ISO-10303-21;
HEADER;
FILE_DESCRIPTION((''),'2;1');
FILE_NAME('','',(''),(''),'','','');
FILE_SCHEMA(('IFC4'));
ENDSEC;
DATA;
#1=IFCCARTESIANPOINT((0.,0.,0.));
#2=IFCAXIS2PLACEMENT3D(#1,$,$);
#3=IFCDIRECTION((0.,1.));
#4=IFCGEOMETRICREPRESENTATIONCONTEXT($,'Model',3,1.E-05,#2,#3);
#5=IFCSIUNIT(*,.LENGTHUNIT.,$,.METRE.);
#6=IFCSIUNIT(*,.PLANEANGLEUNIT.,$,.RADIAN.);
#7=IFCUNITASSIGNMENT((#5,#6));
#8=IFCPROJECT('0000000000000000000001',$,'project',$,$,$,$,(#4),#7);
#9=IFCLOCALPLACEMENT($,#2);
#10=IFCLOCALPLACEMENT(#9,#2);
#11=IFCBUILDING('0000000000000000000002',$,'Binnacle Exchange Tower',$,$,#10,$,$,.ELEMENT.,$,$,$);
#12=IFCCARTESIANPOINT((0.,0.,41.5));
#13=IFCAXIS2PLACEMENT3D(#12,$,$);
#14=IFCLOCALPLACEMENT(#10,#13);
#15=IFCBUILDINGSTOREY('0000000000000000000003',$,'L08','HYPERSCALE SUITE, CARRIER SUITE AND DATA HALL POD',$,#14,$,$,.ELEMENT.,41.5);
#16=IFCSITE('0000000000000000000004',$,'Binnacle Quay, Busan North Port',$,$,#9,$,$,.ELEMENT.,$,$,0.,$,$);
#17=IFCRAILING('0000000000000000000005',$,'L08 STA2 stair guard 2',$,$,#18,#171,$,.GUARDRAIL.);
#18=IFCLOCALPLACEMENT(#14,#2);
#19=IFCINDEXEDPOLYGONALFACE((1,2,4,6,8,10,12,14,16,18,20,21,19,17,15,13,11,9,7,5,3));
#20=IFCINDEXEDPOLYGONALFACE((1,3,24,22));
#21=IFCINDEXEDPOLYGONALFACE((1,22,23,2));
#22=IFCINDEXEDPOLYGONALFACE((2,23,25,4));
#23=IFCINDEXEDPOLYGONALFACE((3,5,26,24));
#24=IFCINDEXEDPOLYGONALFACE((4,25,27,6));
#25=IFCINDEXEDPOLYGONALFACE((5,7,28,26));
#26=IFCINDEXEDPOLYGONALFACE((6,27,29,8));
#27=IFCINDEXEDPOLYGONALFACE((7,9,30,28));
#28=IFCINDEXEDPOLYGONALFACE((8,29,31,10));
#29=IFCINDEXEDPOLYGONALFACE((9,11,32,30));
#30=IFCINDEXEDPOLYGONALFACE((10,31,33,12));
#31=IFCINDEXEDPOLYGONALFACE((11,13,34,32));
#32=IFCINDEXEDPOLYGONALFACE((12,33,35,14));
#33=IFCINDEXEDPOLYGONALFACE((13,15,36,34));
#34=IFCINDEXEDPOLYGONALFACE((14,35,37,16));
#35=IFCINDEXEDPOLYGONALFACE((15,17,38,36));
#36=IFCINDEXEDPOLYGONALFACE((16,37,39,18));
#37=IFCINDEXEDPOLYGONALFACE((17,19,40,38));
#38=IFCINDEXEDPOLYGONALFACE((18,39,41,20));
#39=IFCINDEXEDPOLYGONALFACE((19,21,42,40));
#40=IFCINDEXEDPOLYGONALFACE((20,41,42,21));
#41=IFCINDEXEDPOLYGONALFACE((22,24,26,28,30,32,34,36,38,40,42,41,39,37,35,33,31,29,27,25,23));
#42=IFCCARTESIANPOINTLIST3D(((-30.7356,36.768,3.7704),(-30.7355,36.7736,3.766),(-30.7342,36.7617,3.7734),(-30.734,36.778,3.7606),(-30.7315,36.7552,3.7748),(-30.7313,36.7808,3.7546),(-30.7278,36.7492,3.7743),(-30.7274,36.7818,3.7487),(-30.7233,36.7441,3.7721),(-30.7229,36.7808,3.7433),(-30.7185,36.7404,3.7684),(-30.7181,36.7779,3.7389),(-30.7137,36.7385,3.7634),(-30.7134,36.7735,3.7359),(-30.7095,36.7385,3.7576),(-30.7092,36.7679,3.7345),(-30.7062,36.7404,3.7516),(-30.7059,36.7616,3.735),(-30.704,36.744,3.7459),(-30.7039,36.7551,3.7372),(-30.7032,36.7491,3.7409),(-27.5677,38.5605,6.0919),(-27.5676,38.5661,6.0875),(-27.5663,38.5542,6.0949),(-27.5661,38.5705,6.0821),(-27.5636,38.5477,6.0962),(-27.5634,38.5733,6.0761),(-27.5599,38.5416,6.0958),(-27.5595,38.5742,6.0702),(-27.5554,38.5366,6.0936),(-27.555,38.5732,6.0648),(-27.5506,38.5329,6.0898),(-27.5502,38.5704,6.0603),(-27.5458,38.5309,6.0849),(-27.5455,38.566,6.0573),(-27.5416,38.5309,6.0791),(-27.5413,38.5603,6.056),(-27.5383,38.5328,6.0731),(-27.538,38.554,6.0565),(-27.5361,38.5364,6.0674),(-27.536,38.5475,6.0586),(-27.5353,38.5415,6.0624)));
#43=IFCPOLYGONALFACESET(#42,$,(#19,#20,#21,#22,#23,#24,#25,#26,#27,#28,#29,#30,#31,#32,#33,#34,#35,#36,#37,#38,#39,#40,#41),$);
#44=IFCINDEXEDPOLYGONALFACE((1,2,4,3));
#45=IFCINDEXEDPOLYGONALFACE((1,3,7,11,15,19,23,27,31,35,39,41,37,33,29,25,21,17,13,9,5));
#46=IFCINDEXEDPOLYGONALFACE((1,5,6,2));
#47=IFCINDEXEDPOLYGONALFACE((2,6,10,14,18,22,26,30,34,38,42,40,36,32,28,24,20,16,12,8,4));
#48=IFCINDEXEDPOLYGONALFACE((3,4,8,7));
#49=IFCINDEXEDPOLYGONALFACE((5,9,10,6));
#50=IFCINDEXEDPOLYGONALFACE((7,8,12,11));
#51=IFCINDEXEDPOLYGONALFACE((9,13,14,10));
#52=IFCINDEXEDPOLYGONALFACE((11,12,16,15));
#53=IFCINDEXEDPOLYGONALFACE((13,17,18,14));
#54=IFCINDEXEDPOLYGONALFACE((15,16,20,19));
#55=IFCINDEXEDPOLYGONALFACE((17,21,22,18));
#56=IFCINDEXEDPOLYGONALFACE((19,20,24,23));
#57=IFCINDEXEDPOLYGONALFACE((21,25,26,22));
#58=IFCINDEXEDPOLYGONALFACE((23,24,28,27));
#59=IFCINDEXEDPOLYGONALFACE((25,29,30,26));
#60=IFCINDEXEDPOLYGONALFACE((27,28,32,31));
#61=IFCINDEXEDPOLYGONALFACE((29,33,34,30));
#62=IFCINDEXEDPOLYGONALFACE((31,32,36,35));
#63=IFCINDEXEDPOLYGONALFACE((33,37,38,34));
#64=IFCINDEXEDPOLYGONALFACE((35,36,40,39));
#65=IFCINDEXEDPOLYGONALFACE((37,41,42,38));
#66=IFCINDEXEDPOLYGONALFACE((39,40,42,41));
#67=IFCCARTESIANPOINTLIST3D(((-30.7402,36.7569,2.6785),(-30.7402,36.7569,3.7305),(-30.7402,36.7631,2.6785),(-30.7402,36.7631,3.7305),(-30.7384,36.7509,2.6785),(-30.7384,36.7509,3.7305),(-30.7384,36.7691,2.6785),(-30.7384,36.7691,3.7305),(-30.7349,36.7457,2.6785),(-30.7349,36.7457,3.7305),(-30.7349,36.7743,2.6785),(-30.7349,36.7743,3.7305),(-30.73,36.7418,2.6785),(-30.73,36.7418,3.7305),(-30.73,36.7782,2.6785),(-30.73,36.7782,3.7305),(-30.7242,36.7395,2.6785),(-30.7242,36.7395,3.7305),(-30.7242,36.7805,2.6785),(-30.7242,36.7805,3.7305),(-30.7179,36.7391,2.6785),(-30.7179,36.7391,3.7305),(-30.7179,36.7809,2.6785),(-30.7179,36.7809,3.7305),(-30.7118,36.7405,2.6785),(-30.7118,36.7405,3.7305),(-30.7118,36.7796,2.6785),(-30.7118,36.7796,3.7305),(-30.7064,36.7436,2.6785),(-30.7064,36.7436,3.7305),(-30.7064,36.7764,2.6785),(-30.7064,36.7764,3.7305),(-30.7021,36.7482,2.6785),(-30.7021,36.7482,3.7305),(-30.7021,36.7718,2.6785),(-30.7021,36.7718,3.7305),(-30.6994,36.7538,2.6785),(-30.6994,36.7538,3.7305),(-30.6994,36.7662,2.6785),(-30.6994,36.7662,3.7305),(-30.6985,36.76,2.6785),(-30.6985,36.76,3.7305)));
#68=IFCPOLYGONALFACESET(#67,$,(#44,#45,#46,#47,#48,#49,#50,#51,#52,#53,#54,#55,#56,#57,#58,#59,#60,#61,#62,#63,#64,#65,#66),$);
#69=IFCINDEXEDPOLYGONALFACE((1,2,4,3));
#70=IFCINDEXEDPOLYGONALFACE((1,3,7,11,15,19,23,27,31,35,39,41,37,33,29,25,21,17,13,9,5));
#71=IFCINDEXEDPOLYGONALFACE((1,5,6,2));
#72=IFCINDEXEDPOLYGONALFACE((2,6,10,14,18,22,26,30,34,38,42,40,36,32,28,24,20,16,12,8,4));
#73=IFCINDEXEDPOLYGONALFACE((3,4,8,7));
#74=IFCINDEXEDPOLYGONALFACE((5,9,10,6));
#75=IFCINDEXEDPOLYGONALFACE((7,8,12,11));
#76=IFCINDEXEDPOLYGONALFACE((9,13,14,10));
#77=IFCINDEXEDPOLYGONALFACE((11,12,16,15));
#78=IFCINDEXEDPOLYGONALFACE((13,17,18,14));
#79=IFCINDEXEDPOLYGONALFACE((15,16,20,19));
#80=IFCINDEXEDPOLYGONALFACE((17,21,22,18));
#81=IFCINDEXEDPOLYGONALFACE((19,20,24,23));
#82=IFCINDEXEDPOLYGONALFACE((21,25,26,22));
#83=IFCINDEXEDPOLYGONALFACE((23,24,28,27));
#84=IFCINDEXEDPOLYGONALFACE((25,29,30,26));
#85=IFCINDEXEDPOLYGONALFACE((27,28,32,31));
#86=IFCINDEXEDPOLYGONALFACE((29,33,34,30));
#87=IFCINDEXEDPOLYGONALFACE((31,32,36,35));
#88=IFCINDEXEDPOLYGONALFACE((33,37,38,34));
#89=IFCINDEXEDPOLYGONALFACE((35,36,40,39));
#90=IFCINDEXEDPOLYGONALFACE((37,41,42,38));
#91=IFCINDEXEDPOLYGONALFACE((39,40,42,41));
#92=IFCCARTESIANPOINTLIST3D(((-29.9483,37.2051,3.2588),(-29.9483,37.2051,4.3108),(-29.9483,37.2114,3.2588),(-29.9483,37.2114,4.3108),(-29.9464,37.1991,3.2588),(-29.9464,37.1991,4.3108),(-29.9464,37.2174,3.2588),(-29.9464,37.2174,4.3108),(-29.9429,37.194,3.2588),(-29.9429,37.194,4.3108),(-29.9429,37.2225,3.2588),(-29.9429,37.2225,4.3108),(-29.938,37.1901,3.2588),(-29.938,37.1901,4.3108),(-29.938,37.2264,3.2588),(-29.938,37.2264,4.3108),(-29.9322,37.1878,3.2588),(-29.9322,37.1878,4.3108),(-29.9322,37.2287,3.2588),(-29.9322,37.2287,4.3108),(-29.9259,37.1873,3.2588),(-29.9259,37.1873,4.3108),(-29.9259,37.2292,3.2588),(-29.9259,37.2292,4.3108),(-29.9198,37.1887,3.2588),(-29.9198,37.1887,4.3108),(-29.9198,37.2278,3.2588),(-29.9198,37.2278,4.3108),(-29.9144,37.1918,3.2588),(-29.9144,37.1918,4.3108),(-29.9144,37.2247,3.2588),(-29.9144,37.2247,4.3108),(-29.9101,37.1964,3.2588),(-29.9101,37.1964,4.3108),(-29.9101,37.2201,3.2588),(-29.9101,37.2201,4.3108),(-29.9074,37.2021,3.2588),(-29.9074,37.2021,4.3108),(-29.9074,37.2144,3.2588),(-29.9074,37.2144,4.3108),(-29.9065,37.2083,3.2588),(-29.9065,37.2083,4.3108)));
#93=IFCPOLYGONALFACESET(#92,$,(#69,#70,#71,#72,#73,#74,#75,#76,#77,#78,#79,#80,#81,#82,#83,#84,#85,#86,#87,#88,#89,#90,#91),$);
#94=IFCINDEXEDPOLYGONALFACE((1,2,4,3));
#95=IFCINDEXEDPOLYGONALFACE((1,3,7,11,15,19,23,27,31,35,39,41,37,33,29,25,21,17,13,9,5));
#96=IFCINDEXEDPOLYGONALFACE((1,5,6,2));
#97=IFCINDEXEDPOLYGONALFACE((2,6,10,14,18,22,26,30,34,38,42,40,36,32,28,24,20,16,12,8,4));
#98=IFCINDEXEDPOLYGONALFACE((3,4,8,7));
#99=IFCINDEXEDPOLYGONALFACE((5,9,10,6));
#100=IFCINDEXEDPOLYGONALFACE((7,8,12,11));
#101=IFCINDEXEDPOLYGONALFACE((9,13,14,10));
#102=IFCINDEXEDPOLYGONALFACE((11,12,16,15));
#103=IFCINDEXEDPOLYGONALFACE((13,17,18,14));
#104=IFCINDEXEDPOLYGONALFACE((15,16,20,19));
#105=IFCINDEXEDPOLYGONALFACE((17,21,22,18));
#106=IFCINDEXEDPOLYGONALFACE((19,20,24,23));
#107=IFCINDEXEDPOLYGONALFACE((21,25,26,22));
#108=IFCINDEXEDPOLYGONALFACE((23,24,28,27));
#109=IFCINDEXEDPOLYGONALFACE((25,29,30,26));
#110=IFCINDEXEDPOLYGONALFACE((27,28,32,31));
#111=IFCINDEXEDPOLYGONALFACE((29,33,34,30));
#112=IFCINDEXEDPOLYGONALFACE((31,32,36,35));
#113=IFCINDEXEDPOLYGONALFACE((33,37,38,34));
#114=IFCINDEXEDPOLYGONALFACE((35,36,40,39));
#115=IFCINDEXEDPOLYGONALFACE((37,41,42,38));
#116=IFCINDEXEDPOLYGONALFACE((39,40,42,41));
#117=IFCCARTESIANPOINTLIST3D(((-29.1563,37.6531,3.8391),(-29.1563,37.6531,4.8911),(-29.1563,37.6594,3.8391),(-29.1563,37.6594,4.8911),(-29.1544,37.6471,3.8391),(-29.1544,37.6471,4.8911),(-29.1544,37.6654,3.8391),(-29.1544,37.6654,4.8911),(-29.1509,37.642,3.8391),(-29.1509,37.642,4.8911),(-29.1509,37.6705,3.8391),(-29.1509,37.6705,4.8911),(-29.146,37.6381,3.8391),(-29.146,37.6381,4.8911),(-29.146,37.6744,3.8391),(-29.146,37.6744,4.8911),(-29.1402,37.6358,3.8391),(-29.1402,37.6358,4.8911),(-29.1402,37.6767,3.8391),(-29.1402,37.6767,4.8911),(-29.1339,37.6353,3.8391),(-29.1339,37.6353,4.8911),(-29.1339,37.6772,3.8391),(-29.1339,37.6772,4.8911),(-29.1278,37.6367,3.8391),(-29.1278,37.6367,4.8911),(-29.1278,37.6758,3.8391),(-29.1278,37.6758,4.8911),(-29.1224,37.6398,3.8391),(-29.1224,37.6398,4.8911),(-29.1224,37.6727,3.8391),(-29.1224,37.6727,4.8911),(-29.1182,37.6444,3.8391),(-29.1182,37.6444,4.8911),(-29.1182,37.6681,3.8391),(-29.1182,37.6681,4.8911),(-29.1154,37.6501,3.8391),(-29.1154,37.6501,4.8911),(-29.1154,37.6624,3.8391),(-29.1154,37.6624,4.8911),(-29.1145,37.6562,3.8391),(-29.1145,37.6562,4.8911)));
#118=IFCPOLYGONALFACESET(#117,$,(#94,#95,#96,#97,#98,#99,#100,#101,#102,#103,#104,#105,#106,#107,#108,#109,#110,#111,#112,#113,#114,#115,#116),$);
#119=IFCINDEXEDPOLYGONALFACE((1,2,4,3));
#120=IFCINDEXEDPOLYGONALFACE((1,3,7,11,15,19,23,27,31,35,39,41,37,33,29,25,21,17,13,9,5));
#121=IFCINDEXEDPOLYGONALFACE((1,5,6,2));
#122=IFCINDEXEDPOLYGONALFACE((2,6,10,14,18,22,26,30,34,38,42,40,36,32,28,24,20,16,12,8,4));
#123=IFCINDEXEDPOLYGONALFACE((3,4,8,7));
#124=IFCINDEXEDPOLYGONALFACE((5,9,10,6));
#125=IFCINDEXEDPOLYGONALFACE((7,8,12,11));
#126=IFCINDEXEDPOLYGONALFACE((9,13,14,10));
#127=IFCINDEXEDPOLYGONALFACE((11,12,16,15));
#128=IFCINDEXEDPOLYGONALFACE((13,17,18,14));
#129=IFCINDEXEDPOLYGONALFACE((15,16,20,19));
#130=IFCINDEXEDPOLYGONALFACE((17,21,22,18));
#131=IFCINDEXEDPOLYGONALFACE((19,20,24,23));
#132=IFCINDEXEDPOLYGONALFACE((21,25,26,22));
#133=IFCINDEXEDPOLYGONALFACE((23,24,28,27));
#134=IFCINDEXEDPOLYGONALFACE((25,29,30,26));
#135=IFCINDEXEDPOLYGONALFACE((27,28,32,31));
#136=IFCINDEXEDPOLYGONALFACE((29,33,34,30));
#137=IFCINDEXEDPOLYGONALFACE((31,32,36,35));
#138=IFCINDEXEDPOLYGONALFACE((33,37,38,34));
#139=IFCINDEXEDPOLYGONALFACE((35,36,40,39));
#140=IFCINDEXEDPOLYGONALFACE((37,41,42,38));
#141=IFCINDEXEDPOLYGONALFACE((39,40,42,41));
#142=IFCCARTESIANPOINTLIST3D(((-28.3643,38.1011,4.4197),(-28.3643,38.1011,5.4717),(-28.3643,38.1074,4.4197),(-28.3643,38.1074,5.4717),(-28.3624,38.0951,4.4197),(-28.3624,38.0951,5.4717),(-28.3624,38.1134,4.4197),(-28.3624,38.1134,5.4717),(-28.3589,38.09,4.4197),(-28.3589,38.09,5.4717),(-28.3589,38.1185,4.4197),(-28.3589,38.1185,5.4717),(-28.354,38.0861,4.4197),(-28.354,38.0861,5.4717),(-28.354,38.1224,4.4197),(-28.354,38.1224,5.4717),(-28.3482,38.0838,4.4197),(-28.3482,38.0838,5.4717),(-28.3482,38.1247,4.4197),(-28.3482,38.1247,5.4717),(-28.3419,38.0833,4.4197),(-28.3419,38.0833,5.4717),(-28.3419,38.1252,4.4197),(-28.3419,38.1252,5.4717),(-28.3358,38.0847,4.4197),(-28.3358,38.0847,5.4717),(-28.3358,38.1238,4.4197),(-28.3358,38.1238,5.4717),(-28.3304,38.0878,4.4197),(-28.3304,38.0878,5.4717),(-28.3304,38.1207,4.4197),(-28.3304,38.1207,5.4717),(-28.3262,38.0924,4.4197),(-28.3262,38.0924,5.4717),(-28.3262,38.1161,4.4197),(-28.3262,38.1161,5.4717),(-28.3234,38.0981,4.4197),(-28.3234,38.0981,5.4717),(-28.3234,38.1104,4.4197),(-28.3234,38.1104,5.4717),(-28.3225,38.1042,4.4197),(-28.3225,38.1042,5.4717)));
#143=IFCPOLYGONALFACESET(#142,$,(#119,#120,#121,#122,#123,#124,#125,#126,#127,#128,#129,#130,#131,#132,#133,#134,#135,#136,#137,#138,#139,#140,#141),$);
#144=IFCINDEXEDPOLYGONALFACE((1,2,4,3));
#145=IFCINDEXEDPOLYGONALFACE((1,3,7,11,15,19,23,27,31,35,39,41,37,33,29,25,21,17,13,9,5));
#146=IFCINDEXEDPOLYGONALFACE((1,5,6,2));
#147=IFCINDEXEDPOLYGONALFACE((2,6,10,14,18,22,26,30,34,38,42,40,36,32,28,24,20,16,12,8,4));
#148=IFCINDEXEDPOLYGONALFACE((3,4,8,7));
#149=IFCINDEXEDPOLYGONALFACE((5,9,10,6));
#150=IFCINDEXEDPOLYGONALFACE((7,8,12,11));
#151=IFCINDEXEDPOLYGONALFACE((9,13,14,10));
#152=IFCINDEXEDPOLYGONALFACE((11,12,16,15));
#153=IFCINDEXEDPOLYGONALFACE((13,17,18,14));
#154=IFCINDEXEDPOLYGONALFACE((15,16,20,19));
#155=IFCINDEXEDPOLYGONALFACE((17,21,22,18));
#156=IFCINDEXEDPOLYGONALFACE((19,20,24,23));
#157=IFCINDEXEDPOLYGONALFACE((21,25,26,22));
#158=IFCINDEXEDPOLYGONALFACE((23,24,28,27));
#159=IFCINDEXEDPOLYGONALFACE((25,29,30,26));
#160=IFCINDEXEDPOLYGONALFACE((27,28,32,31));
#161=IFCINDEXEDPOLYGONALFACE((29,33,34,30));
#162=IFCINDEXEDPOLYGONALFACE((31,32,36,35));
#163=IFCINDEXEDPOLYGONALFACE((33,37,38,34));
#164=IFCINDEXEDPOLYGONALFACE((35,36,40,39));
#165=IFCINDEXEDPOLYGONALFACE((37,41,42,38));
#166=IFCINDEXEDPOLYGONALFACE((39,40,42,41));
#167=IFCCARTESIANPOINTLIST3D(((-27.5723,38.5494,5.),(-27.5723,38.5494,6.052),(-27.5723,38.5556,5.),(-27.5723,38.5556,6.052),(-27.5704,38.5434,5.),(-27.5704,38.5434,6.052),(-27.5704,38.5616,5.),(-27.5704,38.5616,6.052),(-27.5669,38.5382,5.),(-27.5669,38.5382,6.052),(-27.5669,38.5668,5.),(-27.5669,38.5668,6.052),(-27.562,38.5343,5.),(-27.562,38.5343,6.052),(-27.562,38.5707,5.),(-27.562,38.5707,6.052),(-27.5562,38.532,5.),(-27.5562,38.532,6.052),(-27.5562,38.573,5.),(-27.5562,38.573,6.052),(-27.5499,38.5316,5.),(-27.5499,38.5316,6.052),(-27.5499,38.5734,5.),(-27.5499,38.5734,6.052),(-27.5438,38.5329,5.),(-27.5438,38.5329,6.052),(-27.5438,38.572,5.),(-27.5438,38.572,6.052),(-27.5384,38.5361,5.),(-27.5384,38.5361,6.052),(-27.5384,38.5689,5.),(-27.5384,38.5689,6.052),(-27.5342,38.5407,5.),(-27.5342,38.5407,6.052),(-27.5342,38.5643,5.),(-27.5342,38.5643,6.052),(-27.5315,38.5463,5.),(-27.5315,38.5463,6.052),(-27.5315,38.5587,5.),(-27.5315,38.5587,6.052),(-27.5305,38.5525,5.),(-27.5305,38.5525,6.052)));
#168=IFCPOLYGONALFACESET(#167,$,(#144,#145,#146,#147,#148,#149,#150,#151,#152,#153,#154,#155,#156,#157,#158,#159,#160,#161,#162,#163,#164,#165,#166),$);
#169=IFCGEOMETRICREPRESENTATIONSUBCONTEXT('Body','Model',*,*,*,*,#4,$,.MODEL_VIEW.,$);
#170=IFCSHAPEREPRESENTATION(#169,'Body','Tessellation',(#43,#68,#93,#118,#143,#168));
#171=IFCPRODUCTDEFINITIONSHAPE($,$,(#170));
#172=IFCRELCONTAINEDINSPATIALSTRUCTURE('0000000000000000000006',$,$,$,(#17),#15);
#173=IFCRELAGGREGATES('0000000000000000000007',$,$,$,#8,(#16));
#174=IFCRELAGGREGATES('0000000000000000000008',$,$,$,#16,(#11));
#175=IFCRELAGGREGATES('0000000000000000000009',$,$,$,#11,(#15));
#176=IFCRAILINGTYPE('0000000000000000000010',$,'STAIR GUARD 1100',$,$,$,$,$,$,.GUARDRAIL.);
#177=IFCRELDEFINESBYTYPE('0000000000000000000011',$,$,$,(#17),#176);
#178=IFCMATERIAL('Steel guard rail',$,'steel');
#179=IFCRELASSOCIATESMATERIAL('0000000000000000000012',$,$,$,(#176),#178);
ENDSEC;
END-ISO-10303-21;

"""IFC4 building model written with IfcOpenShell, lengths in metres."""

from ifc_helpers import new_model, si_unit, direction, frame, origin, origin_2d, place, context, subcontext, project, spatial, circle, extrude, material, type_object, element, save


model = new_model("IFC4")

# Units and contexts
model_context = context("Model", 3, precision=1e-05, world=origin(), true_north=direction((0.0, 1.0)))
body_context = subcontext(model_context, "Body", "Model", "MODEL_VIEW")
ifc_project = project(units=[si_unit("LENGTHUNIT", "METRE"), si_unit("PLANEANGLEUNIT", "RADIAN")], contexts=[model_context])

# Site, building, storey
site_placement = place(None, origin())
site = spatial("IfcSite", under=ifc_project, at=site_placement, Name="Binnacle Quay, Busan North Port", CompositionType="ELEMENT", RefElevation=0.0)
building_placement = place(site_placement, origin())
building = spatial("IfcBuilding", under=site, at=building_placement, Name="Binnacle Exchange Tower", CompositionType="ELEMENT")
storey_placement = place(building_placement, frame((0.0, 0.0, 41.5)))
storey = spatial("IfcBuildingStorey", under=building, at=storey_placement, Name="L08", Description="HYPERSCALE SUITE, CARRIER SUITE AND DATA HALL POD", CompositionType="ELEMENT", Elevation=41.5)

# Railing
ifc_material_1 = material(Name="Steel guard rail", Category="steel")
railing_type = type_object("IfcRailingType", Name="STAIR GUARD 1100", PredefinedType="GUARDRAIL", material=ifc_material_1)
railing_placement = place(storey_placement, frame((-30.7195, 36.76, 2.6785)))
element("IfcRailing", 1, at=railing_placement, inside=storey, type_object=railing_type, Name="L08 STA2 stair guard 2", PredefinedType="GUARDRAIL", context=body_context, shape_type="SweptSolid", body=[
    extrude(circle(Radius=0.0239, at=origin_2d()), frame((0.0, 0.0, 1.0762), z_axis=(0.733796, 0.415192, 0.537736), x_axis=(-0.492451, 0.87034, 0.0)), (0.0, 0.0, 1.0), 4.3171),
    extrude(circle(Radius=0.021, at=origin_2d()), origin(), (0.0, 0.0, 1.0), 1.052),
    extrude(circle(Radius=0.021, at=origin_2d()), frame((0.792, 0.4482, 0.5803)), (0.0, 0.0, 1.0), 1.052),
    extrude(circle(Radius=0.021, at=origin_2d()), frame((1.584, 0.8962, 1.1606)), (0.0, 0.0, 1.0), 1.052),
    extrude(circle(Radius=0.021, at=origin_2d()), frame((2.376, 1.3442, 1.7412)), (0.0, 0.0, 1.0), 1.052),
    extrude(circle(Radius=0.021, at=origin_2d()), frame((3.168, 1.7925, 2.3215)), (0.0, 0.0, 1.0), 1.052),
])

save(model, "model.ifc")
